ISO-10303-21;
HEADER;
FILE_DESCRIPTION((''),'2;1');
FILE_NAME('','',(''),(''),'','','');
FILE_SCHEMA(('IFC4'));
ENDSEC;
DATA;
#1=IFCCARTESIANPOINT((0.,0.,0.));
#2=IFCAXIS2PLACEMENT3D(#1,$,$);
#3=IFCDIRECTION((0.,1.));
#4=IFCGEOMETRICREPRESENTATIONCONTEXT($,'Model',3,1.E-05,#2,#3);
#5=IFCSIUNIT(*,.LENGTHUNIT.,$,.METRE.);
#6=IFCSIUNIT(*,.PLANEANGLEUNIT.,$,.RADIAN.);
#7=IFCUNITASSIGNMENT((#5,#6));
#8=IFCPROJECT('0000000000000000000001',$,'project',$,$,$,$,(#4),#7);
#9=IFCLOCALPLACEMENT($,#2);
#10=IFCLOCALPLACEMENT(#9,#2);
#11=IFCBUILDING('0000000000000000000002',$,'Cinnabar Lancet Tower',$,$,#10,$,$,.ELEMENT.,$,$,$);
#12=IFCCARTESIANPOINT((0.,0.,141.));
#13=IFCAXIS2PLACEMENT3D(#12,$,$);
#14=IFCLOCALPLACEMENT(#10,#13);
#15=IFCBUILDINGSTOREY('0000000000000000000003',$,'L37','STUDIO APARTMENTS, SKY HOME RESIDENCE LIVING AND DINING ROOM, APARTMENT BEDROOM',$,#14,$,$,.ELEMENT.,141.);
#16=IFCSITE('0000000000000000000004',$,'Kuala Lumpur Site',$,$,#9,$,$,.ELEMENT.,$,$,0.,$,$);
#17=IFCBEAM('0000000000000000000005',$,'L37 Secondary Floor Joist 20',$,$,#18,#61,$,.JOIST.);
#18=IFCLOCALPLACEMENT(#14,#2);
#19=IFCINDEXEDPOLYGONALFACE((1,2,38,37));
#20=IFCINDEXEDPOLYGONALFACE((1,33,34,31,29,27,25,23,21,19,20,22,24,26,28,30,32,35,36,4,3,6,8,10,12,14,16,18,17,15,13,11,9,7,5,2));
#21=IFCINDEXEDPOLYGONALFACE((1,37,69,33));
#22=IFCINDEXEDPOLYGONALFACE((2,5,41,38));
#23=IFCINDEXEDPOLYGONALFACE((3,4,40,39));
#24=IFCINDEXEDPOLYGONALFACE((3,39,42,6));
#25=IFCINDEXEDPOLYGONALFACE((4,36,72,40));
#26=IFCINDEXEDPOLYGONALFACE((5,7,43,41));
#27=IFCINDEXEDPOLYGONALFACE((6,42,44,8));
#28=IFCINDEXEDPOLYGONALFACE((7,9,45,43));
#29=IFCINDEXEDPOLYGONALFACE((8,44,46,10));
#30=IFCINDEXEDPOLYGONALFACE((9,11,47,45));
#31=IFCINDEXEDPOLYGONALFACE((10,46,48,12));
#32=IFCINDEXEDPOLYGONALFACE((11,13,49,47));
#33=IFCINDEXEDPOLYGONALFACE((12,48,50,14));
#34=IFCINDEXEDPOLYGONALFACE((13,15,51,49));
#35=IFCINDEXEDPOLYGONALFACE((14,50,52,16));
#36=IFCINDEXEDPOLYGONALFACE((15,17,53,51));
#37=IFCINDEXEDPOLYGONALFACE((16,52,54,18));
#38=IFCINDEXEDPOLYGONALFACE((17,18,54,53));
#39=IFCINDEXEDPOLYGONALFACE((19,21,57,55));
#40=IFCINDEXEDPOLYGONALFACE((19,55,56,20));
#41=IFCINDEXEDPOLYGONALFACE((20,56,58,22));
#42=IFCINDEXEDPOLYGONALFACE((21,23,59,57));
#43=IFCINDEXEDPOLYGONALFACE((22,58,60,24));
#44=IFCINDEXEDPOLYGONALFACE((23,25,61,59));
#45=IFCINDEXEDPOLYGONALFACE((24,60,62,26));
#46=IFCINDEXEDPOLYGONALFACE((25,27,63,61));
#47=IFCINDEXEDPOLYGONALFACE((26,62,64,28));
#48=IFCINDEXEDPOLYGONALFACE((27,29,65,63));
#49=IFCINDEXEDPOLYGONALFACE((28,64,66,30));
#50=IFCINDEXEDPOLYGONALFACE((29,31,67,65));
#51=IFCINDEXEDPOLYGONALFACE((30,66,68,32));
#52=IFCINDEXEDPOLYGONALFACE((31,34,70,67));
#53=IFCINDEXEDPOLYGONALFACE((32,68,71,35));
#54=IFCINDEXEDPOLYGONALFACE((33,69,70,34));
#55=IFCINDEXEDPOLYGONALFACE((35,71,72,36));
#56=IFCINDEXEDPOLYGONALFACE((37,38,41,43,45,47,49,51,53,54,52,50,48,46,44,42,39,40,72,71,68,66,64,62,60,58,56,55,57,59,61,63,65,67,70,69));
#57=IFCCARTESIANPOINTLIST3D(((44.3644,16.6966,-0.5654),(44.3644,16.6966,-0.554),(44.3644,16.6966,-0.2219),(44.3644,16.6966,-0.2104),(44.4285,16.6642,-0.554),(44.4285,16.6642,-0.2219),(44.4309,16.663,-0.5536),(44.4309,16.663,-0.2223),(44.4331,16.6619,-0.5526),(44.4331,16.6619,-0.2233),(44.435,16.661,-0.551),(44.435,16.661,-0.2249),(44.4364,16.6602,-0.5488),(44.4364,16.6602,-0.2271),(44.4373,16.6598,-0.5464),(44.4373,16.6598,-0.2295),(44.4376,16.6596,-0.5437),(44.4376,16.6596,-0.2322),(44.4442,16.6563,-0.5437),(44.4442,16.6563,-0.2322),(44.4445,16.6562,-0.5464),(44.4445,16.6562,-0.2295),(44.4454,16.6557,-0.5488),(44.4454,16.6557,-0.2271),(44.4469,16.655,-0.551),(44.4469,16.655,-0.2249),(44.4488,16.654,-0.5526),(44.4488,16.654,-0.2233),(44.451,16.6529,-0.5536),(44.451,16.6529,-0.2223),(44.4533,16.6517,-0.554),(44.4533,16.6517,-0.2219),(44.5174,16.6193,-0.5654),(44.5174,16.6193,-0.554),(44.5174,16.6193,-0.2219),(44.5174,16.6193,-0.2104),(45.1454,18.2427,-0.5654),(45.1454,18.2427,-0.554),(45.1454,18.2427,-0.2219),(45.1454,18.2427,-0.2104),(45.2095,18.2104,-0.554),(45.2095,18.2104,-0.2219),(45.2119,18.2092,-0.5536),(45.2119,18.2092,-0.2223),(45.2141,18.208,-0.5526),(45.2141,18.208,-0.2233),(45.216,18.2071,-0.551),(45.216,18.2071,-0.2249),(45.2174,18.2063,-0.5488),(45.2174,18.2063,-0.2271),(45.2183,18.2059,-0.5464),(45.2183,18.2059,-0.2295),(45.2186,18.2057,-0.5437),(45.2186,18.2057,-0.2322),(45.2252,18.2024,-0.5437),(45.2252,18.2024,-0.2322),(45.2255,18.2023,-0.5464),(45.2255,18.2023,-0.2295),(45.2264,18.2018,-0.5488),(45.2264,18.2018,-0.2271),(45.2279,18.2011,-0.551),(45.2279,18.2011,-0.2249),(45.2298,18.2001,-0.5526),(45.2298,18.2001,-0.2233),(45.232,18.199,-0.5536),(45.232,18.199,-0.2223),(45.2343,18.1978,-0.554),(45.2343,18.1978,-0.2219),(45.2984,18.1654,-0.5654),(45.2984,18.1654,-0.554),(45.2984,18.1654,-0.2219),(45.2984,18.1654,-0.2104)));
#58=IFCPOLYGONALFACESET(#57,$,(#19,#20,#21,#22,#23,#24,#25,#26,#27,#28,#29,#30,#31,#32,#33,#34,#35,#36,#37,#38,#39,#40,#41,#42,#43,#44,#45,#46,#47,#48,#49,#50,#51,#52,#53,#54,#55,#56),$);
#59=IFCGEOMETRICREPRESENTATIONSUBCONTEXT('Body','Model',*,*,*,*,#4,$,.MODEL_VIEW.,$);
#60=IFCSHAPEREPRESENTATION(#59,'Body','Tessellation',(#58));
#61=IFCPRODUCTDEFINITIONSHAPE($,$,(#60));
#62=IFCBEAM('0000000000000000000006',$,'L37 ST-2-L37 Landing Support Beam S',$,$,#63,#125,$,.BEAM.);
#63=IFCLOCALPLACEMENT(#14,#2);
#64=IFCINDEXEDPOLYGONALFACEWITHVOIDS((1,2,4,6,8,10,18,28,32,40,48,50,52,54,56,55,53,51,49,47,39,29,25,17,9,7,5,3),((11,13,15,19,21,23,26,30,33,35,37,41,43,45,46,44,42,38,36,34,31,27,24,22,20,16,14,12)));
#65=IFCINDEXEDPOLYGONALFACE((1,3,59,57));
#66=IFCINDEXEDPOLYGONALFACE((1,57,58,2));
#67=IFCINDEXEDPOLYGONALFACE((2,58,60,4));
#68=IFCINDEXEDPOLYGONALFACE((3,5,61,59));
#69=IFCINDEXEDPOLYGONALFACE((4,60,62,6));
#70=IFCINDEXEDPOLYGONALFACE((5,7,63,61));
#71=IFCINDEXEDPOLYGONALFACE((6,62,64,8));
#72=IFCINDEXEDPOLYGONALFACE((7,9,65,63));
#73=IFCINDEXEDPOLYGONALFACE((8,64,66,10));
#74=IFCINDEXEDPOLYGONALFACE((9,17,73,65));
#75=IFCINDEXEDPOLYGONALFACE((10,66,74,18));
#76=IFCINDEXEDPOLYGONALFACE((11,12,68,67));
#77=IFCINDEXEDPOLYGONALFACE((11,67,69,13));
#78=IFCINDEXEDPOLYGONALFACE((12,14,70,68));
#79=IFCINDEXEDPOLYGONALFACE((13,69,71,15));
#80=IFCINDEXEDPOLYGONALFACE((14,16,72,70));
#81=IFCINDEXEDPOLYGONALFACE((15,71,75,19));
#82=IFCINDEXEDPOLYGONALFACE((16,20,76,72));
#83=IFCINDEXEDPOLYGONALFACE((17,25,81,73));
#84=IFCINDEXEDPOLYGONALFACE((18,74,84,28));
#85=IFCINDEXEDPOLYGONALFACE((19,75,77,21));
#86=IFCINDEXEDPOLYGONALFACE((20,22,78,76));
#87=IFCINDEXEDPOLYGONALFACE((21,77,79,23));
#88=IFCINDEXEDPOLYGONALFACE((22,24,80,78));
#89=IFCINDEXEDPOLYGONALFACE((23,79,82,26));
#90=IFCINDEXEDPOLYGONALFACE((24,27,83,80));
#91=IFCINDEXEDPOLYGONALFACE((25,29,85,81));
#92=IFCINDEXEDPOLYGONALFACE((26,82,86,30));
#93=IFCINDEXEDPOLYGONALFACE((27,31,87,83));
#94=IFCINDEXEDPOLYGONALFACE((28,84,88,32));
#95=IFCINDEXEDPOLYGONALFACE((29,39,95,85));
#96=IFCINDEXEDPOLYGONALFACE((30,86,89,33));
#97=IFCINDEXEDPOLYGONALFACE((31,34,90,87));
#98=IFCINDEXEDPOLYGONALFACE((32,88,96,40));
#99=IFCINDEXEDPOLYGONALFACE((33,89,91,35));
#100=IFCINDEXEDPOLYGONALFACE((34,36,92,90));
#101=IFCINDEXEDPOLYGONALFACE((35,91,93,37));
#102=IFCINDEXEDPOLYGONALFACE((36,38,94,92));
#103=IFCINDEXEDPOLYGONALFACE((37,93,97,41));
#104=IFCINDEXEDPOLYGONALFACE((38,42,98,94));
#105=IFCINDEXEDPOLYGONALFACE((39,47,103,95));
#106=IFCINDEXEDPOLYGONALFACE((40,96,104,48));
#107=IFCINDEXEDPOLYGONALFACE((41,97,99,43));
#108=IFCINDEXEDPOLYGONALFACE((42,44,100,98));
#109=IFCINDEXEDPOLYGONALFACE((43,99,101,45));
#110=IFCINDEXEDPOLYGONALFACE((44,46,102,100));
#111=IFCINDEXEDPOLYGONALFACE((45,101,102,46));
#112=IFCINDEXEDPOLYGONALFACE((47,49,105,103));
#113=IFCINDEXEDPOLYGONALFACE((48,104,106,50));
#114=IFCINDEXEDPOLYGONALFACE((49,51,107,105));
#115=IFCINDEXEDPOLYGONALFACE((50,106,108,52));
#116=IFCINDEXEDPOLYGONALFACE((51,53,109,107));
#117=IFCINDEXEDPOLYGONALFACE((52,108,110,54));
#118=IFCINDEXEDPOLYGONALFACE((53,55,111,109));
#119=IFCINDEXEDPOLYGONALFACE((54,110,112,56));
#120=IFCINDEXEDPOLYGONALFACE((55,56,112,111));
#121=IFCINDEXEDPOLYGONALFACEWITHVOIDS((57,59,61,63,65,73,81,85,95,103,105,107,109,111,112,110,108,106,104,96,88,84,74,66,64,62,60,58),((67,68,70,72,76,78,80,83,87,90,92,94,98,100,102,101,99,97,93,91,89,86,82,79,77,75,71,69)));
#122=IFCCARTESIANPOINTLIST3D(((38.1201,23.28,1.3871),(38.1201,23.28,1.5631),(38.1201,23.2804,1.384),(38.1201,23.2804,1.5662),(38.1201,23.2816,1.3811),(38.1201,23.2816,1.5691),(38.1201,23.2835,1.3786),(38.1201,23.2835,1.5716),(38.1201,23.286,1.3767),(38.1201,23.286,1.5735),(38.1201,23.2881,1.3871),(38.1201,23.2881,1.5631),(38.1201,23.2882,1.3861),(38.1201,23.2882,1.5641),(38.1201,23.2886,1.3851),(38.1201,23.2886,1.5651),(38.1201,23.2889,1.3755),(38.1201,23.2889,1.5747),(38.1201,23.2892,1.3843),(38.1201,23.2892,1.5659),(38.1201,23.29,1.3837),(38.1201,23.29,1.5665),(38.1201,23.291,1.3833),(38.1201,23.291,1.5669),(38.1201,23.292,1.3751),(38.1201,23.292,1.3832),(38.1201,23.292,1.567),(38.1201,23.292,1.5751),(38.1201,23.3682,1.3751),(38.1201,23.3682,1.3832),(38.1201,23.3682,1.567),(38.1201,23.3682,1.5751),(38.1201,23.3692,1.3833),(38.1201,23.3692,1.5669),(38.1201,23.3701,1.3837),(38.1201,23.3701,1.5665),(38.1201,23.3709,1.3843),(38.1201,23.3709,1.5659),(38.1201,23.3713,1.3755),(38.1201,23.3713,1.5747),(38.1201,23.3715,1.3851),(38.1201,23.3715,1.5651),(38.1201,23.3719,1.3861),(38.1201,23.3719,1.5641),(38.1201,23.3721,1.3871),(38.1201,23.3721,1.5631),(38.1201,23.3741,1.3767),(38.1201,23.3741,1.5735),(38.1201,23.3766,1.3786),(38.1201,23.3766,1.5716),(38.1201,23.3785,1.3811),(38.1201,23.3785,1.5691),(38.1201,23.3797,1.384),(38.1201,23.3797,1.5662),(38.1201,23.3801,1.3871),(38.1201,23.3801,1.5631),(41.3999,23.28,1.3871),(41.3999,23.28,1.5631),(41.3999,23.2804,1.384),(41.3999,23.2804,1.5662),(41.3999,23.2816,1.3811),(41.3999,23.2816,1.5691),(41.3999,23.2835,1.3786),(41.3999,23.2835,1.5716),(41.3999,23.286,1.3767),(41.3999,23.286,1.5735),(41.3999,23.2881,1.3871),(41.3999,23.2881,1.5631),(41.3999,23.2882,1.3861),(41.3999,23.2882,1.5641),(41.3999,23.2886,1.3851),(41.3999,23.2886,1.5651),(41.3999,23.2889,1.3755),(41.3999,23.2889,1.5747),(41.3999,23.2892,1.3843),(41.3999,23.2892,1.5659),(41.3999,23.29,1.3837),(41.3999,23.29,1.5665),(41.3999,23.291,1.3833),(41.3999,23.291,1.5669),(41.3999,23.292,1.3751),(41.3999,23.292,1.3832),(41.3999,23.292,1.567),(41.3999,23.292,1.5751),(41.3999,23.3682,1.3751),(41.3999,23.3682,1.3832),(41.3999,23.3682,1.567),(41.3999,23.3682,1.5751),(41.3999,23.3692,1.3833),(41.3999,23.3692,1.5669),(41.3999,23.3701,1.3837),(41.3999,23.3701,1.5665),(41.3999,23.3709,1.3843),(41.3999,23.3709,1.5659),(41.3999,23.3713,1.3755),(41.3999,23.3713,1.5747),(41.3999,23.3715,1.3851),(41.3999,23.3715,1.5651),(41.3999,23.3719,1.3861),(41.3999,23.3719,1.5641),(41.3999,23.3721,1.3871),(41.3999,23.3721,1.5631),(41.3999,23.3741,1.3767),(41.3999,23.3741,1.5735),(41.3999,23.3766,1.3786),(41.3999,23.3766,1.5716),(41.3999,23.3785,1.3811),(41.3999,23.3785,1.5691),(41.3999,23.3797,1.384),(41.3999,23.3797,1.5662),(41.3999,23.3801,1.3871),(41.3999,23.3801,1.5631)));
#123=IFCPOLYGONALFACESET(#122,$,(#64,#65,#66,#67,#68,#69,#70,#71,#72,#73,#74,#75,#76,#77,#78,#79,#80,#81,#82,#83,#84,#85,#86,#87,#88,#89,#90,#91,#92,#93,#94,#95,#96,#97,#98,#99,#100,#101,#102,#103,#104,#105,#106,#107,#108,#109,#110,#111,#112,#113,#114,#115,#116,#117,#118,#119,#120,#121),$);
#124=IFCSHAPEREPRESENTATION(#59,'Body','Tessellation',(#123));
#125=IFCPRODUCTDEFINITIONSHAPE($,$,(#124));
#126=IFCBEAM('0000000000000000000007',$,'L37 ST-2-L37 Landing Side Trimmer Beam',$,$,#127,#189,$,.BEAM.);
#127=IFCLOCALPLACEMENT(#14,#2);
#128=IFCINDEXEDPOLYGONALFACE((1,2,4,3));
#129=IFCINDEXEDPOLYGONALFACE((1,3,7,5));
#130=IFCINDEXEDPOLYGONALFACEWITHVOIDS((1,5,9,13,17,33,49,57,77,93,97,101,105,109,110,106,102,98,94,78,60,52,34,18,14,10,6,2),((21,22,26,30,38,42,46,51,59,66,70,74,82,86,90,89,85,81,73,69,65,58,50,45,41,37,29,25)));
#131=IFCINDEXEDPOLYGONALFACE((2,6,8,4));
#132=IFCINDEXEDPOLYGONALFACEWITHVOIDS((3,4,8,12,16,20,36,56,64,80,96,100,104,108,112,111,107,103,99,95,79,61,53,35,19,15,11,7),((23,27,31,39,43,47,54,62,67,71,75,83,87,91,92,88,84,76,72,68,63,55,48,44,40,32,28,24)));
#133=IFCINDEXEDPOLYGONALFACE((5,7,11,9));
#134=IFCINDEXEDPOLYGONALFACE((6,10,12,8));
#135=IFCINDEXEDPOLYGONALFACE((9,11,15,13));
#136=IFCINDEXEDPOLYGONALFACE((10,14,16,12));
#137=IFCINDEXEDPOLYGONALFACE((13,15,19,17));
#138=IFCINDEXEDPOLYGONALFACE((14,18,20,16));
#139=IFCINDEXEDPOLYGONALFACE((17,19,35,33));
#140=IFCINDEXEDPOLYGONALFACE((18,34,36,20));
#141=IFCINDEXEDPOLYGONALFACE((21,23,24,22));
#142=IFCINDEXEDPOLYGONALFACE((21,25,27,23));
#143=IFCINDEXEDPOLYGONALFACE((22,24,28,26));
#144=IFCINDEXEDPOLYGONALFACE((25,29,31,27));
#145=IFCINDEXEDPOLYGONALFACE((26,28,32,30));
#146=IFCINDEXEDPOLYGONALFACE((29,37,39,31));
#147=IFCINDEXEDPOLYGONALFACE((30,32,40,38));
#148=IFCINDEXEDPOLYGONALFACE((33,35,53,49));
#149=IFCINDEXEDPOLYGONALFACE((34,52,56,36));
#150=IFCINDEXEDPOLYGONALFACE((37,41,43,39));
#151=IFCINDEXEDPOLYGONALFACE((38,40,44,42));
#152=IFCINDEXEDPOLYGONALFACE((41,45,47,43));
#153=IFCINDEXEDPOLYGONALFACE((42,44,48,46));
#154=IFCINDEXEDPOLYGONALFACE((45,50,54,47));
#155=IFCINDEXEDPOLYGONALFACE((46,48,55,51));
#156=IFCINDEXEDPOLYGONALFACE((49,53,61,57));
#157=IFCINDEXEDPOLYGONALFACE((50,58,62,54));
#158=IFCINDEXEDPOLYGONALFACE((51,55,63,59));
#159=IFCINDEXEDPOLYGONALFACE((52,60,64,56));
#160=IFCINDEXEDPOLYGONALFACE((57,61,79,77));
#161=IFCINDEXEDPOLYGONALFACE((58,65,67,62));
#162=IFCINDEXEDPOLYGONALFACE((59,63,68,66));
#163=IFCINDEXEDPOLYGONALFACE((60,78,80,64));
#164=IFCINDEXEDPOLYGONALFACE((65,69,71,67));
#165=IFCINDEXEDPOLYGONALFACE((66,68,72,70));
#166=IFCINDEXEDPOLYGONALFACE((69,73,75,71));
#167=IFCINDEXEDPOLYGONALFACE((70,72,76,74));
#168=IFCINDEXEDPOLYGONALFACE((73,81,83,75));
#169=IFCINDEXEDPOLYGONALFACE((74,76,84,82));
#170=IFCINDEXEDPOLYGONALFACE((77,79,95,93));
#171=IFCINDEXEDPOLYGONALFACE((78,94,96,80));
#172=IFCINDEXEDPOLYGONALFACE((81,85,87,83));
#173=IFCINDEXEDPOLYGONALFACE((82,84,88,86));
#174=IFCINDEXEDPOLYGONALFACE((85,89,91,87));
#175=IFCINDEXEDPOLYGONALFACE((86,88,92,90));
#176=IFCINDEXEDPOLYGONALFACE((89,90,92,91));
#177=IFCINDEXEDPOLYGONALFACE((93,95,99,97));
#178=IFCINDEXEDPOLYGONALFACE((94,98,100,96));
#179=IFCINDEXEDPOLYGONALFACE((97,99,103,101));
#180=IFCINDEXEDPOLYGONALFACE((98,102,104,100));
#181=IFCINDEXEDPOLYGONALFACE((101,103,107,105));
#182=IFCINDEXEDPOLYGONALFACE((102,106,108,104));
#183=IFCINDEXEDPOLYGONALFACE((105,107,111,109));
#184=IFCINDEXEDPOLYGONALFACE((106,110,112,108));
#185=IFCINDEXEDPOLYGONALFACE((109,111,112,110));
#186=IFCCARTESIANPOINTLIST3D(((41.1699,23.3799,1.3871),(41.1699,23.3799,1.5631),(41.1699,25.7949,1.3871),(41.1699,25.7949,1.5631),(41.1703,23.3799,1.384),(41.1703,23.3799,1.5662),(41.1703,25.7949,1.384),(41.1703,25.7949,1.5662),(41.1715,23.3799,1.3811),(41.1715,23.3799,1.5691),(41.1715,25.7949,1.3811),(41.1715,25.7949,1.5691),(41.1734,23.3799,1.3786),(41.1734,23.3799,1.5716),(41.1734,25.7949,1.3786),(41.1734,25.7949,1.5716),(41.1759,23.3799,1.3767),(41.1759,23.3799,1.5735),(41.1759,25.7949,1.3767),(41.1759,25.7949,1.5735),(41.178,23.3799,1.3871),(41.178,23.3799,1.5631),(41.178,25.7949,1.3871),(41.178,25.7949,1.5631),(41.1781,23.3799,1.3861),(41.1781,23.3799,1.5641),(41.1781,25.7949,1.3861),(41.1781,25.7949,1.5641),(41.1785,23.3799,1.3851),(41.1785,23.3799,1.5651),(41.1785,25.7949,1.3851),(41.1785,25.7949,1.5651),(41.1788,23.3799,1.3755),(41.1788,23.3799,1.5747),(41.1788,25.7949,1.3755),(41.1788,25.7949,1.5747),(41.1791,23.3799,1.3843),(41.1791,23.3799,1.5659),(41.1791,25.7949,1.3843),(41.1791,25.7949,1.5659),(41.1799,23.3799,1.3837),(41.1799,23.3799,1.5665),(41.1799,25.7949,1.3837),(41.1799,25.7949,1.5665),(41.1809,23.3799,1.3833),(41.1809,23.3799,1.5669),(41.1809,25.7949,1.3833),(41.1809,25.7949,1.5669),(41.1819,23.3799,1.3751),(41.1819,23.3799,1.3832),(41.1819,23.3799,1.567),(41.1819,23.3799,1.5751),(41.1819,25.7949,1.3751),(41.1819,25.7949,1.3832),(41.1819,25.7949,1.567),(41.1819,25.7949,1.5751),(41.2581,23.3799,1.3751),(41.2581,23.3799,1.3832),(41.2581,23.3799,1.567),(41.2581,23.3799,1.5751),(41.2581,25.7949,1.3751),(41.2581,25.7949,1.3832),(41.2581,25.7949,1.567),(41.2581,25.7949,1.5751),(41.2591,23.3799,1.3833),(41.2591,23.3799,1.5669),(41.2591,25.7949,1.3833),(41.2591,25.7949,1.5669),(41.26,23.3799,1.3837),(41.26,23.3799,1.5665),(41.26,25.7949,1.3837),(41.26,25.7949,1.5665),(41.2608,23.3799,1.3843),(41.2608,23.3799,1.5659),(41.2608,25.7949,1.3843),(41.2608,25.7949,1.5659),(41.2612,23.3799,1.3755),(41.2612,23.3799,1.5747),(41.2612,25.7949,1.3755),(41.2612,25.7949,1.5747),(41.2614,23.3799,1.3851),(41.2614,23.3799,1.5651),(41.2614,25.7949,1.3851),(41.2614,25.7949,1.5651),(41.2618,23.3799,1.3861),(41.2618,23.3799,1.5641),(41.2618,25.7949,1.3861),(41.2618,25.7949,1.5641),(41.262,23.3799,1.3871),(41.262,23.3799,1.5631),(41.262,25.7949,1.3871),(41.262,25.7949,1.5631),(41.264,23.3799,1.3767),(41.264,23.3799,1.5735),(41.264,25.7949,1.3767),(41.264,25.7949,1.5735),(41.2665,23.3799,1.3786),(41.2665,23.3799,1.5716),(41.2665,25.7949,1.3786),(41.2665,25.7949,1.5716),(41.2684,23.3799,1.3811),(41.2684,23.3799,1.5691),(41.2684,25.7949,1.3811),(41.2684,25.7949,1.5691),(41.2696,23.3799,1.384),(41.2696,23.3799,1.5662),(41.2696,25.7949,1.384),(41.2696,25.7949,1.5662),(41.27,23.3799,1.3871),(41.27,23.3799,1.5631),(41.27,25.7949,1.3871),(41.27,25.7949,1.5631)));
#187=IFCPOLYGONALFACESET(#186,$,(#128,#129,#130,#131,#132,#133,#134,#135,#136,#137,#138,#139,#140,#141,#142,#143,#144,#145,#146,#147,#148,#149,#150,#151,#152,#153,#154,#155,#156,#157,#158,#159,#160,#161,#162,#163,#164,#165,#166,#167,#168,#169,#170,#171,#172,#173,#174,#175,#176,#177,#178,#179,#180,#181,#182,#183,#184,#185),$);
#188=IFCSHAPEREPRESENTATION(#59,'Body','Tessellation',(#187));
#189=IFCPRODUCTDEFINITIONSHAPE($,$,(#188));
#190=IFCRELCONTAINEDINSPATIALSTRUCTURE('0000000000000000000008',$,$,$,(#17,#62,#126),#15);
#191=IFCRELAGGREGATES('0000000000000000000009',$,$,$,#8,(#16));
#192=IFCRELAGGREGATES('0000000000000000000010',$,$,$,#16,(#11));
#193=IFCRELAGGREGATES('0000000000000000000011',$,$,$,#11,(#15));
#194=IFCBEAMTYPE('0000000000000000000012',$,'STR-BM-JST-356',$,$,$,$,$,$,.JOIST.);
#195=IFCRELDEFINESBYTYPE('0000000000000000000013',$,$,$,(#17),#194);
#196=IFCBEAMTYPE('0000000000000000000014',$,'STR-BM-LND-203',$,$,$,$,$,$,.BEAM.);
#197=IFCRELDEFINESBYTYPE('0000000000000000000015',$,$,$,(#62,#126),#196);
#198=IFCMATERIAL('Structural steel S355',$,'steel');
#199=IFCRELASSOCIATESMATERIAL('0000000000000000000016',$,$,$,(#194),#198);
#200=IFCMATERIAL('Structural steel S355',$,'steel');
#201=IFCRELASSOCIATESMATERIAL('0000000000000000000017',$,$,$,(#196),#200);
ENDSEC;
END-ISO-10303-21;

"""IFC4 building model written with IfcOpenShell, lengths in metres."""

from ifc_helpers import new_model, si_unit, direction, frame, origin, origin_2d, place, context, subcontext, project, spatial, hollow_rectangle, i_section, extrude, material, material_profile, profile_set, type_object, element, save


model = new_model("IFC4")

# Units and contexts
model_context = context("Model", 3, precision=1e-05, world=origin(), true_north=direction((0.0, 1.0)))
body_context = subcontext(model_context, "Body", "Model", "MODEL_VIEW")
ifc_project = project(units=[si_unit("LENGTHUNIT", "METRE"), si_unit("PLANEANGLEUNIT", "RADIAN")], contexts=[model_context])

# Site, building, storey
site_placement = place(None, origin())
site = spatial("IfcSite", under=ifc_project, at=site_placement, Name="Kuala Lumpur Site", CompositionType="ELEMENT", RefElevation=0.0)
building_placement = place(site_placement, origin())
building = spatial("IfcBuilding", under=site, at=building_placement, Name="Cinnabar Lancet Tower", CompositionType="ELEMENT")
storey_placement = place(building_placement, frame((0.0, 0.0, 141.0)))
storey = spatial("IfcBuildingStorey", under=building, at=storey_placement, Name="L37", Description="STUDIO APARTMENTS, SKY HOME RESIDENCE LIVING AND DINING ROOM, APARTMENT BEDROOM", CompositionType="ELEMENT", Elevation=141.0)

# Beams
ifc_material_1 = material(Name="Structural steel S355", Category="steel")
ifc_material_profile_1 = material_profile(ifc_material_1, i_section(OverallWidth=0.1714, OverallDepth=0.355, WebThickness=0.0073, FlangeThickness=0.0115, FilletRadius=0.0103, at=origin_2d()), Name="UKB 356x171x51")
ifc_profile_set_1 = profile_set([ifc_material_profile_1], Name="Structural steel S355")
beam_type_1 = type_object("IfcBeamType", Name="STR-BM-JST-356", PredefinedType="JOIST", material=ifc_profile_set_1)
beam_1_placement = place(storey_placement, frame((44.4409, 16.658, -0.3879), z_axis=(0.450874, 0.892587, 0.0), x_axis=(-0.892587, 0.450874, 0.0)))
element("IfcBeam", 1, at=beam_1_placement, inside=storey, type_object=beam_type_1, Name="L37 Secondary Floor Joist 20", PredefinedType="JOIST", context=body_context, shape_type="SweptSolid", body=[
    extrude(i_section(OverallWidth=0.1714, OverallDepth=0.355, WebThickness=0.0073, FlangeThickness=0.0115, FilletRadius=0.0103, at=origin_2d()), origin(), (0.0, 0.0, 1.0), 1.7322),
])
ifc_material_2 = material(Name="Structural steel S355", Category="steel")
ifc_material_profile_2 = material_profile(ifc_material_2, hollow_rectangle(XDim=0.1001, YDim=0.2, WallThickness=0.0081, InnerFilletRadius=0.0039, OuterFilletRadius=0.012, at=origin_2d()), Name="RHS 200x100x8")
ifc_profile_set_2 = profile_set([ifc_material_profile_2], Name="Structural steel S355")
beam_type_2 = type_object("IfcBeamType", Name="STR-BM-LND-203", PredefinedType="BEAM", material=ifc_profile_set_2)
beam_2_placement = place(storey_placement, frame((38.1201, 23.3301, 1.4751), z_axis=(1.0, 0.0, 0.0), x_axis=(0.0, 1.0, 0.0)))
element("IfcBeam", 2, at=beam_2_placement, inside=storey, type_object=beam_type_2, Name="L37 ST-2-L37 Landing Support Beam S", PredefinedType="BEAM", context=body_context, shape_type="SweptSolid", body=[
    extrude(hollow_rectangle(XDim=0.1001, YDim=0.2, WallThickness=0.0081, InnerFilletRadius=0.0039, OuterFilletRadius=0.012, at=origin_2d()), origin(), (0.0, 0.0, 1.0), 3.2798),
])
beam_3_placement = place(storey_placement, frame((41.22, 23.3799, 1.4751), z_axis=(0.0, 1.0, 0.0), x_axis=(-1.0, 0.0, 0.0)))
element("IfcBeam", 3, at=beam_3_placement, inside=storey, type_object=beam_type_2, Name="L37 ST-2-L37 Landing Side Trimmer Beam", PredefinedType="BEAM", context=body_context, shape_type="SweptSolid", body=[
    extrude(hollow_rectangle(XDim=0.1001, YDim=0.2, WallThickness=0.0081, InnerFilletRadius=0.0039, OuterFilletRadius=0.012, at=origin_2d()), origin(), (0.0, 0.0, 1.0), 2.415),
])

save(model, "model.ifc")
